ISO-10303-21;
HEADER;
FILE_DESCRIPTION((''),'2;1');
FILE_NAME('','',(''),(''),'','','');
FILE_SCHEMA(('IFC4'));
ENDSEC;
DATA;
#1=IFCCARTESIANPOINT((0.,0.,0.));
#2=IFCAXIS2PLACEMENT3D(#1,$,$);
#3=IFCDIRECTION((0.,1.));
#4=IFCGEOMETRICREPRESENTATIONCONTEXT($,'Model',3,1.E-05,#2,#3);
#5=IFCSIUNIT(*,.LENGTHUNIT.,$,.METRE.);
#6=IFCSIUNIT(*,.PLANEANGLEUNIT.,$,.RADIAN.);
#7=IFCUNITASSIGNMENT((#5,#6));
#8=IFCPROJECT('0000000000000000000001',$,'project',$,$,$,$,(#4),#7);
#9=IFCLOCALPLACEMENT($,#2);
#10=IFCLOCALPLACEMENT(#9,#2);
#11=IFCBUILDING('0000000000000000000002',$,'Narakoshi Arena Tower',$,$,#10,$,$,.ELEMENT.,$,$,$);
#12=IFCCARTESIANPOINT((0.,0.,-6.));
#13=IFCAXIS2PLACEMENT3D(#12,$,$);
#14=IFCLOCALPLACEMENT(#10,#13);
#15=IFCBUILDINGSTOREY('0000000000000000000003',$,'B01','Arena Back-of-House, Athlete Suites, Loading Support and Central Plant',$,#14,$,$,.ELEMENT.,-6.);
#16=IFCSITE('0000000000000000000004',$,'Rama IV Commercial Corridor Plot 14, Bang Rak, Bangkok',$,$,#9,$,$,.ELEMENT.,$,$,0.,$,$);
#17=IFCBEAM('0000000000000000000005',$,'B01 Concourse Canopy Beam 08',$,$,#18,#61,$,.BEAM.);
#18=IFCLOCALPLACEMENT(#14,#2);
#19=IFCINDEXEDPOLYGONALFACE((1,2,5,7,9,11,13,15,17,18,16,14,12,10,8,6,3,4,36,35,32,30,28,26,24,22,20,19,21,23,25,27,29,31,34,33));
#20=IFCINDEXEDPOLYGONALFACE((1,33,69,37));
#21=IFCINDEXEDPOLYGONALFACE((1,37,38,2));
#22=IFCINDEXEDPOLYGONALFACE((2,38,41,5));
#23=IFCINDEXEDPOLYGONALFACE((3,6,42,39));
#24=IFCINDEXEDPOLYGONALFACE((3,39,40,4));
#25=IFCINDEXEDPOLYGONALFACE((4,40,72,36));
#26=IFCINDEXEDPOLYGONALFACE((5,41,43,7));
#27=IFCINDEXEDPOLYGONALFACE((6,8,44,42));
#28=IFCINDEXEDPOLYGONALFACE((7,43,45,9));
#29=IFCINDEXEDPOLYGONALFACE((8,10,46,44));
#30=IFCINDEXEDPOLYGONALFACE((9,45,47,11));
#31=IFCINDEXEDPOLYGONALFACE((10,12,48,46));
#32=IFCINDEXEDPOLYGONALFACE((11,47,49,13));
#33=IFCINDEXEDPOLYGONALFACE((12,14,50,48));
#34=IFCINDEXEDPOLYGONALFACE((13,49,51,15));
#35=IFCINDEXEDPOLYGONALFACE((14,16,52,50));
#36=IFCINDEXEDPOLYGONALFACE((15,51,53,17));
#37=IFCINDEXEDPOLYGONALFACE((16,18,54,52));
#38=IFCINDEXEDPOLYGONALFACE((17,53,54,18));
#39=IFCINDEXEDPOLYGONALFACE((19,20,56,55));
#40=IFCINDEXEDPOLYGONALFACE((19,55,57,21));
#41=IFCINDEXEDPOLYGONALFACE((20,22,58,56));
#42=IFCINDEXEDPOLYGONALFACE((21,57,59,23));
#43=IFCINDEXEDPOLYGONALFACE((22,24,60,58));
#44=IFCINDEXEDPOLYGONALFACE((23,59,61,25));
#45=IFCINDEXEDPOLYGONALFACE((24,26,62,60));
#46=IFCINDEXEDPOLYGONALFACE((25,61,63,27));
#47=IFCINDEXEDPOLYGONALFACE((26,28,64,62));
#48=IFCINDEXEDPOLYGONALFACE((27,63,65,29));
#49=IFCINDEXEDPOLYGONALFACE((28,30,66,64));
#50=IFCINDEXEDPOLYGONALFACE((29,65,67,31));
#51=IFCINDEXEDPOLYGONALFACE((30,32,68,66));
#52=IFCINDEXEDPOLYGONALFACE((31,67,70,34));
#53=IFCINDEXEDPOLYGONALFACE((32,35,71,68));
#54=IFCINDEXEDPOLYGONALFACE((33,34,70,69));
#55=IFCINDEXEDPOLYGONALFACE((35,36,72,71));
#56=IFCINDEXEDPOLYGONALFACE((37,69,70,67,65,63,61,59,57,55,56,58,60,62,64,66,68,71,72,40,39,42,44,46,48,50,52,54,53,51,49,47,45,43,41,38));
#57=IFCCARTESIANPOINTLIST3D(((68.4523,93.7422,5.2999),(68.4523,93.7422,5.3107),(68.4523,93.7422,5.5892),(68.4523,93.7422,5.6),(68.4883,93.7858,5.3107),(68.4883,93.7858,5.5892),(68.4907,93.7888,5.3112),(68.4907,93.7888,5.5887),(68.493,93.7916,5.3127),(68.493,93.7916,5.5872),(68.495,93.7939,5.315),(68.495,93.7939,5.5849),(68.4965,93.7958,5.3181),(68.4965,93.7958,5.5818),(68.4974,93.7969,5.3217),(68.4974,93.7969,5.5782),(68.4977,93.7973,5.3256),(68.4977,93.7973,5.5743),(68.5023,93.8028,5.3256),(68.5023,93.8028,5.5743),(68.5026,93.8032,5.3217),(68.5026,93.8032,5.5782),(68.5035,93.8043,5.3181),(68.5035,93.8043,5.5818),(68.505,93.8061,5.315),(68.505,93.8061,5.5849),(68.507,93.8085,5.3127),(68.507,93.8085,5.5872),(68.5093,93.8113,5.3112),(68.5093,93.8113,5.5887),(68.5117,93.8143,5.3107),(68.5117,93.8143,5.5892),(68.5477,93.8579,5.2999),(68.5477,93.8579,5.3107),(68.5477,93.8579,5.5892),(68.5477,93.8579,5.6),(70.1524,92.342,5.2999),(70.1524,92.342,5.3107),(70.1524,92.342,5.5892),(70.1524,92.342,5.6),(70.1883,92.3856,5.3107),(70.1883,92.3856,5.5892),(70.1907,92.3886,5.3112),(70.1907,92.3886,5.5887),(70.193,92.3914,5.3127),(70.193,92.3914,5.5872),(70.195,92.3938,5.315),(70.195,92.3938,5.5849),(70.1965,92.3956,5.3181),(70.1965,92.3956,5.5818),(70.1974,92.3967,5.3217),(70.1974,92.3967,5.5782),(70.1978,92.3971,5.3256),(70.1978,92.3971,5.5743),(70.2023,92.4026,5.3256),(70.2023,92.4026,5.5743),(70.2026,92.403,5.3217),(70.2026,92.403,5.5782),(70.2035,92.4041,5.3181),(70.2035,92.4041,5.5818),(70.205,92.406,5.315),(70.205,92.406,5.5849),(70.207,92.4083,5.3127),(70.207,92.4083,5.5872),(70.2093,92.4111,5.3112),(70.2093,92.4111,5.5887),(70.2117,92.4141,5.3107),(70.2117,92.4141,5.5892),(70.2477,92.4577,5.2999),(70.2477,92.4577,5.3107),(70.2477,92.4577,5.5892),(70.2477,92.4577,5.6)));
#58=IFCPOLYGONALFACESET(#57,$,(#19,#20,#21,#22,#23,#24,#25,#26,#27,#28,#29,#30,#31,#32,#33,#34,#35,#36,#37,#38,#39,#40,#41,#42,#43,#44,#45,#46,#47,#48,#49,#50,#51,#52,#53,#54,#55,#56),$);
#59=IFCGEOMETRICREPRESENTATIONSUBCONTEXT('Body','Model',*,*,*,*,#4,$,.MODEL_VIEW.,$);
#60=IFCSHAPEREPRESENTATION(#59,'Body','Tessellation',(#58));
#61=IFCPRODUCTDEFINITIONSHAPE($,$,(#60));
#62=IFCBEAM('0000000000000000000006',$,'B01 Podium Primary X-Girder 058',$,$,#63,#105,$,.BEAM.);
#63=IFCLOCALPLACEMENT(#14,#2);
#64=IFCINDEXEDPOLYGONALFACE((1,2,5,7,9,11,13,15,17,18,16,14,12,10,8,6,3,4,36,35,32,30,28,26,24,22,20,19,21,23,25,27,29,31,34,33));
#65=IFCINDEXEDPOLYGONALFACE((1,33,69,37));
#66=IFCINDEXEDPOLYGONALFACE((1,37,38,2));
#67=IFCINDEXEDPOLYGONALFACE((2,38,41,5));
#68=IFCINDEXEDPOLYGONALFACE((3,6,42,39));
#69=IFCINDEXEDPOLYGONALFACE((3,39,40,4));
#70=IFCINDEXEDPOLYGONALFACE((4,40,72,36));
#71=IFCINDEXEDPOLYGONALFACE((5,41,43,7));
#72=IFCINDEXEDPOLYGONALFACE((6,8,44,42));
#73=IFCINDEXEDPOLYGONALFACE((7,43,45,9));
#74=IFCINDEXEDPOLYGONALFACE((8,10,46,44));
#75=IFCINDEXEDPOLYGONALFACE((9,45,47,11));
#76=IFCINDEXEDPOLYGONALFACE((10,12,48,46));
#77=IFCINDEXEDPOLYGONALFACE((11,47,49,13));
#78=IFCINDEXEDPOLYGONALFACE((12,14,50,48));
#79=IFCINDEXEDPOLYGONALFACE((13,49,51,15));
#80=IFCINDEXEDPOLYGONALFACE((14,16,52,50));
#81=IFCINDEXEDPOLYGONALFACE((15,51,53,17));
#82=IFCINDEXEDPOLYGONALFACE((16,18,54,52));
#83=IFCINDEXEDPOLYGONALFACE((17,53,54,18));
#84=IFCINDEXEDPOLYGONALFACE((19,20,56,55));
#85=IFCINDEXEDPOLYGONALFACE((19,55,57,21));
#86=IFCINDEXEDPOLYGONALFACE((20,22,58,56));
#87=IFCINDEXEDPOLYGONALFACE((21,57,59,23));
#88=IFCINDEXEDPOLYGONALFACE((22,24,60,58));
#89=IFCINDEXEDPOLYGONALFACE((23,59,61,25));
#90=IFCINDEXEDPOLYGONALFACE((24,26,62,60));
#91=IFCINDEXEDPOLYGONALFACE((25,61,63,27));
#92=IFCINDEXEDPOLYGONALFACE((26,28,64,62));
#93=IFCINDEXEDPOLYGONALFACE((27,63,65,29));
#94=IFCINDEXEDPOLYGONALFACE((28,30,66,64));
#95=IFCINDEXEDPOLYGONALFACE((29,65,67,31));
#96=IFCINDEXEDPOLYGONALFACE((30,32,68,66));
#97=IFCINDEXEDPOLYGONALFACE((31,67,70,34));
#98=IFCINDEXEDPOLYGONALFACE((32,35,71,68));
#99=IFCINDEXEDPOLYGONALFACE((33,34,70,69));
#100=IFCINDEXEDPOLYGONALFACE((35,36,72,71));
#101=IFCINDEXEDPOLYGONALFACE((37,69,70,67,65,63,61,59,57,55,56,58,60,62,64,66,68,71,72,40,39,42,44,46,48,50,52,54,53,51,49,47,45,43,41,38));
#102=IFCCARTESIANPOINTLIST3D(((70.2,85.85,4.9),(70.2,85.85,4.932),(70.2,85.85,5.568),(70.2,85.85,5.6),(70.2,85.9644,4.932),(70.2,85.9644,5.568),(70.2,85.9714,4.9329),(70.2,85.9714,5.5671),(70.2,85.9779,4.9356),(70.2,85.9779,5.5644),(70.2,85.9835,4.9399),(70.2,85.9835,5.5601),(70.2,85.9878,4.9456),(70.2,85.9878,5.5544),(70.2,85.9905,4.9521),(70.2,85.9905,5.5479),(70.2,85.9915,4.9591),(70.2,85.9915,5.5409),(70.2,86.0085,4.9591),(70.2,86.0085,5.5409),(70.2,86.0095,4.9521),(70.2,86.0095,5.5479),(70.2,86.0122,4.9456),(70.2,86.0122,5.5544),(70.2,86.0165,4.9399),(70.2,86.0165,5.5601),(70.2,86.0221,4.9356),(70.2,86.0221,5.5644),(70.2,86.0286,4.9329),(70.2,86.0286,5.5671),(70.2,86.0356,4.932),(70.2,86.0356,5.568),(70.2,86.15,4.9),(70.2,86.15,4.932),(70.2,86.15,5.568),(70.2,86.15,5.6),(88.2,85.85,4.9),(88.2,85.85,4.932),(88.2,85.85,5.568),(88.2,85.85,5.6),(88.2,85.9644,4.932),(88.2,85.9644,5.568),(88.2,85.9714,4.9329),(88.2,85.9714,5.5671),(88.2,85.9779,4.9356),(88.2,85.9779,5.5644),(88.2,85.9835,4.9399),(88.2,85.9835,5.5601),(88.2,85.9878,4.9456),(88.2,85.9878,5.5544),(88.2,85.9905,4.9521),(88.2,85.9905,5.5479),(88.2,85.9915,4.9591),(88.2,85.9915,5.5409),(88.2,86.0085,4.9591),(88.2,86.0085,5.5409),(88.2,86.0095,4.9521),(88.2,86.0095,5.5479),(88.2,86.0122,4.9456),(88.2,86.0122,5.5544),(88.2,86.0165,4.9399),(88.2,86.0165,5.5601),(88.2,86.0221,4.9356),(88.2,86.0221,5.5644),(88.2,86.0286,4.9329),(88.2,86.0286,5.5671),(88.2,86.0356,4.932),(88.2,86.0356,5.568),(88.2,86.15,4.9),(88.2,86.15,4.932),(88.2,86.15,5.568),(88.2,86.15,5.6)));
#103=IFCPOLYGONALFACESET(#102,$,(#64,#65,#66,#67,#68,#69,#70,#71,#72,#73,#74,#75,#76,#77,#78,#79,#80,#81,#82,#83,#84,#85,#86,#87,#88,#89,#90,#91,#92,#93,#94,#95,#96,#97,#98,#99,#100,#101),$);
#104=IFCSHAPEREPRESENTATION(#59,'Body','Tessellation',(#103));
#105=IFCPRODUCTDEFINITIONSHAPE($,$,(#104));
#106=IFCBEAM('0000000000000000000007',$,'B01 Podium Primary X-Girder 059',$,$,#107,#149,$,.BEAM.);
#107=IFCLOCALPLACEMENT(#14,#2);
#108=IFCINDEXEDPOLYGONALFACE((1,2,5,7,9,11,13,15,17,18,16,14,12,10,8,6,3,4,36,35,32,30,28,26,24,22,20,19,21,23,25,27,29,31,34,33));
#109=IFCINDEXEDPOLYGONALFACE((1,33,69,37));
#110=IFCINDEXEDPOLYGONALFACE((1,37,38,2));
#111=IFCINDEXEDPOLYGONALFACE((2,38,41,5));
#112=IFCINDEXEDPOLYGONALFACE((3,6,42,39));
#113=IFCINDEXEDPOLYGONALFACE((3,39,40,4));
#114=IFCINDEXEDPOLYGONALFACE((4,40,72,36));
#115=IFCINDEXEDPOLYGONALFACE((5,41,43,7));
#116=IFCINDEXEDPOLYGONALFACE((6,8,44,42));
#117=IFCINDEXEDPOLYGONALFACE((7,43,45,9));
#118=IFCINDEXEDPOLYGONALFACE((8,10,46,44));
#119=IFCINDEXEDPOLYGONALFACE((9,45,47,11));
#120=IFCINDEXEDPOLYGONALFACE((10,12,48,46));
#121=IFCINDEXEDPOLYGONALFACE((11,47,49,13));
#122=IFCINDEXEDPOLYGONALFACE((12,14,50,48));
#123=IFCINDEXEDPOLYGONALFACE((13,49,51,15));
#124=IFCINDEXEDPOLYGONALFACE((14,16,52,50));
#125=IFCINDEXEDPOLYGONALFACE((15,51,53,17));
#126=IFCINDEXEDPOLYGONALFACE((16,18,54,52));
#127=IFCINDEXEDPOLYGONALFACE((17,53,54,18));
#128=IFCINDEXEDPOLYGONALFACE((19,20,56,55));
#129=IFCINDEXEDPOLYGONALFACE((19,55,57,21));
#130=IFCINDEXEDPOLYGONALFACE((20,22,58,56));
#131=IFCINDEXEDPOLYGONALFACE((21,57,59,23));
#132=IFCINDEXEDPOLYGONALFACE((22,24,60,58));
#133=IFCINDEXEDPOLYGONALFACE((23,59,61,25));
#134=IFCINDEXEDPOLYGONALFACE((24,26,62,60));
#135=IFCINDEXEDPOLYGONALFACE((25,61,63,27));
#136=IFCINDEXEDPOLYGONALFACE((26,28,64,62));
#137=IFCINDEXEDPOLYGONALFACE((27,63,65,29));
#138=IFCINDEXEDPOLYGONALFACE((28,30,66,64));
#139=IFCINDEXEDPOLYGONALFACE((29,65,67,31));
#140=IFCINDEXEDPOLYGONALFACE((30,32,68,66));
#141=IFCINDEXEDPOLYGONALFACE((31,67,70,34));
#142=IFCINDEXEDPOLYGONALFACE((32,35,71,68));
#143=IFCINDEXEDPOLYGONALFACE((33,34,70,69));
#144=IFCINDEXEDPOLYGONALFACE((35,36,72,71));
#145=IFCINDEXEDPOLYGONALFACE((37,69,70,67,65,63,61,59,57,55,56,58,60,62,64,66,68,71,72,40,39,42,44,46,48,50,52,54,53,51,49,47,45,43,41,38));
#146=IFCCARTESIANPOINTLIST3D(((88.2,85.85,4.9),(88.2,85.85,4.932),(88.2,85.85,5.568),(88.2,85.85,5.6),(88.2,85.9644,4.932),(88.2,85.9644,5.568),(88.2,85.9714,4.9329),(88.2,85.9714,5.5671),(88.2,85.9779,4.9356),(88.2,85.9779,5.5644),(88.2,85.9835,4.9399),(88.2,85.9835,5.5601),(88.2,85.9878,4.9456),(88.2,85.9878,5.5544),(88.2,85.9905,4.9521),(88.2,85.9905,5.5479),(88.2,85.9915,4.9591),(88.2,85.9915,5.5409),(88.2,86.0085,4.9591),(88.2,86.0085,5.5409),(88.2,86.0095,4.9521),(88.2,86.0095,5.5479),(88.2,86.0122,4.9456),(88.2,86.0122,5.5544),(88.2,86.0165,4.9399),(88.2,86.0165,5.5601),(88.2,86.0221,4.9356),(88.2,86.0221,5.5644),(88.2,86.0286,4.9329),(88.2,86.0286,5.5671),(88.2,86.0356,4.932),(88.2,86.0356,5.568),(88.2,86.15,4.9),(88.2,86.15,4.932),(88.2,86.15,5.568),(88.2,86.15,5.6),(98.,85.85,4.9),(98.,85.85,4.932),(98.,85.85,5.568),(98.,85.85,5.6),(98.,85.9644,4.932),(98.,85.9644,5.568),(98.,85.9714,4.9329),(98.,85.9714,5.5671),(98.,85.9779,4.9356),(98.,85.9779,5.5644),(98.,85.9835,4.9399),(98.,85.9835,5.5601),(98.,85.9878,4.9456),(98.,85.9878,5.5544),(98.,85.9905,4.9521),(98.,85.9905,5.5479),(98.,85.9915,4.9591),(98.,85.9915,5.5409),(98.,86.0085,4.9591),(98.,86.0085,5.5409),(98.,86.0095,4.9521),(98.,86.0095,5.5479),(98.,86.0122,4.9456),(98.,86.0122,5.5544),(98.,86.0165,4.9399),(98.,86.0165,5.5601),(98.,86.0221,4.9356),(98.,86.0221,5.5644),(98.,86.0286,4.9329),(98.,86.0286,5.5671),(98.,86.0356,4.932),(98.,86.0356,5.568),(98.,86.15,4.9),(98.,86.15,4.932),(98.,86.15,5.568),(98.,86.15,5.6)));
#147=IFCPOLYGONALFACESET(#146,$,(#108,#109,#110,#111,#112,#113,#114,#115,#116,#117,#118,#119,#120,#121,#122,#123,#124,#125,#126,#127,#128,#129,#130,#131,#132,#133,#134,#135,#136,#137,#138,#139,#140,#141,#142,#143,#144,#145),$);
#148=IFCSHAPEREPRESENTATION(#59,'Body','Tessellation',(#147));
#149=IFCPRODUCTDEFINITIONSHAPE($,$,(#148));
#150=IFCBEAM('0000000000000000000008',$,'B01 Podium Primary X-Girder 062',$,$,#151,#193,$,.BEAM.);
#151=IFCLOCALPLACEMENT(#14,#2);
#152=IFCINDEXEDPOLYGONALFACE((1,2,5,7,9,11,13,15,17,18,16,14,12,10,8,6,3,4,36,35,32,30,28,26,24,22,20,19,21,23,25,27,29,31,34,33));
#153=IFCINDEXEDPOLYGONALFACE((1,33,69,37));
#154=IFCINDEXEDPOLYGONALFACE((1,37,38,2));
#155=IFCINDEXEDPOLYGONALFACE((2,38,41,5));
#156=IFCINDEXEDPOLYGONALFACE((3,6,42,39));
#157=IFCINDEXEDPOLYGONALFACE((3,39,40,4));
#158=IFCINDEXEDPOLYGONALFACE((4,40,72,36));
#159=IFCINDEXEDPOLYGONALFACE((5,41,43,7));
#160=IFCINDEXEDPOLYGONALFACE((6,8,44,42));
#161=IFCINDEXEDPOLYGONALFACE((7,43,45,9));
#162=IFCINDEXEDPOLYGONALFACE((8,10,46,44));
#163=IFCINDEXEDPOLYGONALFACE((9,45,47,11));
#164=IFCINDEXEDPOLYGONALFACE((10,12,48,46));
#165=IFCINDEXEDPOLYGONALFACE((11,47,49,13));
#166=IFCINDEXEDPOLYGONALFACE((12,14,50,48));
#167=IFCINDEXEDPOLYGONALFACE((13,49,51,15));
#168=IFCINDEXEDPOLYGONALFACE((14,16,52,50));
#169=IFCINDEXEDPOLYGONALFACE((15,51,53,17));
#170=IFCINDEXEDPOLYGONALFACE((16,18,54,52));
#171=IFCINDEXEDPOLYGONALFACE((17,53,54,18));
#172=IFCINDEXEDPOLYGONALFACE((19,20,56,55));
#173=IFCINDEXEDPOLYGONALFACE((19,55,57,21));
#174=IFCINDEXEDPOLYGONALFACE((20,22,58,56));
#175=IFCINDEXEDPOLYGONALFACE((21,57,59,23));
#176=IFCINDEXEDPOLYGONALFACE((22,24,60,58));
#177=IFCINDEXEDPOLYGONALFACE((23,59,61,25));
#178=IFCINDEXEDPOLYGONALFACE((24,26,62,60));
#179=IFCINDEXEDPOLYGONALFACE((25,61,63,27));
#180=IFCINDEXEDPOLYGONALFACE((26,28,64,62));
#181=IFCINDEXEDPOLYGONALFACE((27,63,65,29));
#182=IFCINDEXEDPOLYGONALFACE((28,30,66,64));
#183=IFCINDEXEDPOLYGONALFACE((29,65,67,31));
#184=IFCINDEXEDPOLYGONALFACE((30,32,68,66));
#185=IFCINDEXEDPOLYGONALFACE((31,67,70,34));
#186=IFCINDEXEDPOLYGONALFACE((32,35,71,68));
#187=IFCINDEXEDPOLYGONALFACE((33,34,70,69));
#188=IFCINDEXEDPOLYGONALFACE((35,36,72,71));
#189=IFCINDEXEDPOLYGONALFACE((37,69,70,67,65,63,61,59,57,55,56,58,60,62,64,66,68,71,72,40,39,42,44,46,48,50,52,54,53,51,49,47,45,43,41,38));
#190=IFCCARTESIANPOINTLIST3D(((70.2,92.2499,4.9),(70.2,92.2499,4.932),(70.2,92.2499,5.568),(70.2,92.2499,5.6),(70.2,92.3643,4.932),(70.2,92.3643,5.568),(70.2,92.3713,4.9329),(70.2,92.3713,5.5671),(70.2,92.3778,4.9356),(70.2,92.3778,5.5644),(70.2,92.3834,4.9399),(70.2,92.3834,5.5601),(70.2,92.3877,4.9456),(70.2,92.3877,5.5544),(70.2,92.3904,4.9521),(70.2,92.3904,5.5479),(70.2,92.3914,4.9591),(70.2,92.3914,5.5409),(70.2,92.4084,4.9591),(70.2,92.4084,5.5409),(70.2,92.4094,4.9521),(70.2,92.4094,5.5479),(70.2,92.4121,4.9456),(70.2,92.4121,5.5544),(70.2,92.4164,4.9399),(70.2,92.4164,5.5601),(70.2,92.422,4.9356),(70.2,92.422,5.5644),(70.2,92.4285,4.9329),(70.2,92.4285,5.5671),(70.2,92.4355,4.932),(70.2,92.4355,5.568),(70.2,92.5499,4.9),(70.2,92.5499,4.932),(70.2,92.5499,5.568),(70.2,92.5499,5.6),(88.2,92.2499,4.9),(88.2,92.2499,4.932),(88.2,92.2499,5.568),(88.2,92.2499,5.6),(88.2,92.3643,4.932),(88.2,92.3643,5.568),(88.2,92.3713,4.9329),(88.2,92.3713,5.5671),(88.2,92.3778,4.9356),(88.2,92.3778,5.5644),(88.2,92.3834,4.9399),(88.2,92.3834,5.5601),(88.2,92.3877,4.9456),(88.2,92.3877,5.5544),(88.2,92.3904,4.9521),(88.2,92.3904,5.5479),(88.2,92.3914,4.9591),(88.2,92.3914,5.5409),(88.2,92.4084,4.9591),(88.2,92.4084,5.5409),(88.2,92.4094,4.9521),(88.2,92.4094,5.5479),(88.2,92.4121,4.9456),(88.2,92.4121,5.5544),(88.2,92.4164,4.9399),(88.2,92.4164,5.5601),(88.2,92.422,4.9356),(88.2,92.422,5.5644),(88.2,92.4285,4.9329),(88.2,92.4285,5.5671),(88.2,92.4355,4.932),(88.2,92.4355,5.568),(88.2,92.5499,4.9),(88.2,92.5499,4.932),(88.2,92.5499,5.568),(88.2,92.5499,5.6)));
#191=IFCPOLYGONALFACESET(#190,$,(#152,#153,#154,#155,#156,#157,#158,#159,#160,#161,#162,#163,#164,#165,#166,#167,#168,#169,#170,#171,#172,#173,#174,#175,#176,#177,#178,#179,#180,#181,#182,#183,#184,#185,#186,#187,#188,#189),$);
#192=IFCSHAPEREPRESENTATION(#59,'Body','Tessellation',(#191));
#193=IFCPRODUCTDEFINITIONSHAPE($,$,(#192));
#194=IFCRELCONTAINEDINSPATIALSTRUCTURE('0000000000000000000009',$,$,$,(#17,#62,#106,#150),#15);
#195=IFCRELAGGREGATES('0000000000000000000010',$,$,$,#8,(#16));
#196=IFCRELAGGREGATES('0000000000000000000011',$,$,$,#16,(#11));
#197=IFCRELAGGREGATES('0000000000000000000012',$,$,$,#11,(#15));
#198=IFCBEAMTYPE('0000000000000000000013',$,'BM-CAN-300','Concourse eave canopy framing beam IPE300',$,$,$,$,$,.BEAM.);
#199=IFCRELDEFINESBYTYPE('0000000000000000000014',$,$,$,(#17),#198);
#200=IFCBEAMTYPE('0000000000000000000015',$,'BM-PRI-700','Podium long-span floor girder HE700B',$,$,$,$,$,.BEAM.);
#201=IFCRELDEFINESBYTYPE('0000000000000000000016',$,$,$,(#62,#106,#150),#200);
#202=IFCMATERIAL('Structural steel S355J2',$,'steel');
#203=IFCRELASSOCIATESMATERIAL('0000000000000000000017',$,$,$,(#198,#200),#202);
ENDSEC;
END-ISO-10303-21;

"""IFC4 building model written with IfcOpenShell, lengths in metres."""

from ifc_helpers import new_model, si_unit, direction, frame, origin, origin_2d, place, context, subcontext, project, spatial, i_section, extrude, material, material_profile, profile_set, type_object, element, save


model = new_model("IFC4")

# Units and contexts
model_context = context("Model", 3, precision=1e-05, world=origin(), true_north=direction((0.0, 1.0)))
body_context = subcontext(model_context, "Body", "Model", "MODEL_VIEW")
ifc_project = project(units=[si_unit("LENGTHUNIT", "METRE"), si_unit("PLANEANGLEUNIT", "RADIAN")], contexts=[model_context])

# Site, building, storey
site_placement = place(None, origin())
site = spatial("IfcSite", under=ifc_project, at=site_placement, Name="Rama IV Commercial Corridor Plot 14, Bang Rak, Bangkok", CompositionType="ELEMENT", RefElevation=0.0)
building_placement = place(site_placement, origin())
building = spatial("IfcBuilding", under=site, at=building_placement, Name="Narakoshi Arena Tower", CompositionType="ELEMENT")
storey_placement = place(building_placement, frame((0.0, 0.0, -6.0)))
storey = spatial("IfcBuildingStorey", under=building, at=storey_placement, Name="B01", Description="Arena Back-of-House, Athlete Suites, Loading Support and Central Plant", CompositionType="ELEMENT", Elevation=-6.0)

# Shared definitions
ifc_material_1 = material(Name="Structural steel S355J2", Category="steel")

# Beams
ifc_material_profile_1 = material_profile(ifc_material_1, i_section(OverallWidth=0.1499, OverallDepth=0.3, WebThickness=0.0071, FlangeThickness=0.0107, FilletRadius=0.0149, at=origin_2d()), Name="IPE300")
ifc_profile_set_1 = profile_set([ifc_material_profile_1], Name="Structural steel S355J2")
beam_type_1 = type_object("IfcBeamType", Name="BM-CAN-300", Description="Concourse eave canopy framing beam IPE300", PredefinedType="BEAM", material=ifc_profile_set_1)
beam_1_placement = place(storey_placement, frame((68.5, 93.8, 5.45), z_axis=(0.771889, -0.635758, 0.0), x_axis=(0.635758, 0.771889, 0.0)))
element("IfcBeam", 1, at=beam_1_placement, inside=storey, type_object=beam_type_1, Name="B01 Concourse Canopy Beam 08", PredefinedType="BEAM", context=body_context, shape_type="SweptSolid", body=[
    extrude(i_section(OverallWidth=0.1499, OverallDepth=0.3, WebThickness=0.0071, FlangeThickness=0.0107, FilletRadius=0.0149, at=origin_2d()), origin(), (0.0, 0.0, 1.0), 2.2024),
])
ifc_material_profile_2 = material_profile(ifc_material_1, i_section(OverallWidth=0.3, OverallDepth=0.7, WebThickness=0.0171, FlangeThickness=0.032, FilletRadius=0.0271, at=origin_2d()), Name="HE700B")
ifc_profile_set_2 = profile_set([ifc_material_profile_2], Name="Structural steel S355J2")
beam_type_2 = type_object("IfcBeamType", Name="BM-PRI-700", Description="Podium long-span floor girder HE700B", PredefinedType="BEAM", material=ifc_profile_set_2)
beam_2_placement = place(storey_placement, frame((70.2, 86.0, 5.25), z_axis=(1.0, 0.0, 0.0), x_axis=(0.0, 1.0, 0.0)))
element("IfcBeam", 2, at=beam_2_placement, inside=storey, type_object=beam_type_2, Name="B01 Podium Primary X-Girder 058", PredefinedType="BEAM", context=body_context, shape_type="SweptSolid", body=[
    extrude(i_section(OverallWidth=0.3, OverallDepth=0.7, WebThickness=0.0171, FlangeThickness=0.032, FilletRadius=0.0271, at=origin_2d()), origin(), (0.0, 0.0, 1.0), 18.0),
])
beam_3_placement = place(storey_placement, frame((88.2, 86.0, 5.25), z_axis=(1.0, 0.0, 0.0), x_axis=(0.0, 1.0, 0.0)))
element("IfcBeam", 3, at=beam_3_placement, inside=storey, type_object=beam_type_2, Name="B01 Podium Primary X-Girder 059", PredefinedType="BEAM", context=body_context, shape_type="SweptSolid", body=[
    extrude(i_section(OverallWidth=0.3, OverallDepth=0.7, WebThickness=0.0171, FlangeThickness=0.032, FilletRadius=0.0271, at=origin_2d()), origin(), (0.0, 0.0, 1.0), 9.8),
])
beam_4_placement = place(storey_placement, frame((70.2, 92.3999, 5.25), z_axis=(1.0, 0.0, 0.0), x_axis=(0.0, 1.0, 0.0)))
element("IfcBeam", 4, at=beam_4_placement, inside=storey, type_object=beam_type_2, Name="B01 Podium Primary X-Girder 062", PredefinedType="BEAM", context=body_context, shape_type="SweptSolid", body=[
    extrude(i_section(OverallWidth=0.3, OverallDepth=0.7, WebThickness=0.0171, FlangeThickness=0.032, FilletRadius=0.0271, at=origin_2d()), origin(), (0.0, 0.0, 1.0), 18.0),
])

save(model, "model.ifc")
